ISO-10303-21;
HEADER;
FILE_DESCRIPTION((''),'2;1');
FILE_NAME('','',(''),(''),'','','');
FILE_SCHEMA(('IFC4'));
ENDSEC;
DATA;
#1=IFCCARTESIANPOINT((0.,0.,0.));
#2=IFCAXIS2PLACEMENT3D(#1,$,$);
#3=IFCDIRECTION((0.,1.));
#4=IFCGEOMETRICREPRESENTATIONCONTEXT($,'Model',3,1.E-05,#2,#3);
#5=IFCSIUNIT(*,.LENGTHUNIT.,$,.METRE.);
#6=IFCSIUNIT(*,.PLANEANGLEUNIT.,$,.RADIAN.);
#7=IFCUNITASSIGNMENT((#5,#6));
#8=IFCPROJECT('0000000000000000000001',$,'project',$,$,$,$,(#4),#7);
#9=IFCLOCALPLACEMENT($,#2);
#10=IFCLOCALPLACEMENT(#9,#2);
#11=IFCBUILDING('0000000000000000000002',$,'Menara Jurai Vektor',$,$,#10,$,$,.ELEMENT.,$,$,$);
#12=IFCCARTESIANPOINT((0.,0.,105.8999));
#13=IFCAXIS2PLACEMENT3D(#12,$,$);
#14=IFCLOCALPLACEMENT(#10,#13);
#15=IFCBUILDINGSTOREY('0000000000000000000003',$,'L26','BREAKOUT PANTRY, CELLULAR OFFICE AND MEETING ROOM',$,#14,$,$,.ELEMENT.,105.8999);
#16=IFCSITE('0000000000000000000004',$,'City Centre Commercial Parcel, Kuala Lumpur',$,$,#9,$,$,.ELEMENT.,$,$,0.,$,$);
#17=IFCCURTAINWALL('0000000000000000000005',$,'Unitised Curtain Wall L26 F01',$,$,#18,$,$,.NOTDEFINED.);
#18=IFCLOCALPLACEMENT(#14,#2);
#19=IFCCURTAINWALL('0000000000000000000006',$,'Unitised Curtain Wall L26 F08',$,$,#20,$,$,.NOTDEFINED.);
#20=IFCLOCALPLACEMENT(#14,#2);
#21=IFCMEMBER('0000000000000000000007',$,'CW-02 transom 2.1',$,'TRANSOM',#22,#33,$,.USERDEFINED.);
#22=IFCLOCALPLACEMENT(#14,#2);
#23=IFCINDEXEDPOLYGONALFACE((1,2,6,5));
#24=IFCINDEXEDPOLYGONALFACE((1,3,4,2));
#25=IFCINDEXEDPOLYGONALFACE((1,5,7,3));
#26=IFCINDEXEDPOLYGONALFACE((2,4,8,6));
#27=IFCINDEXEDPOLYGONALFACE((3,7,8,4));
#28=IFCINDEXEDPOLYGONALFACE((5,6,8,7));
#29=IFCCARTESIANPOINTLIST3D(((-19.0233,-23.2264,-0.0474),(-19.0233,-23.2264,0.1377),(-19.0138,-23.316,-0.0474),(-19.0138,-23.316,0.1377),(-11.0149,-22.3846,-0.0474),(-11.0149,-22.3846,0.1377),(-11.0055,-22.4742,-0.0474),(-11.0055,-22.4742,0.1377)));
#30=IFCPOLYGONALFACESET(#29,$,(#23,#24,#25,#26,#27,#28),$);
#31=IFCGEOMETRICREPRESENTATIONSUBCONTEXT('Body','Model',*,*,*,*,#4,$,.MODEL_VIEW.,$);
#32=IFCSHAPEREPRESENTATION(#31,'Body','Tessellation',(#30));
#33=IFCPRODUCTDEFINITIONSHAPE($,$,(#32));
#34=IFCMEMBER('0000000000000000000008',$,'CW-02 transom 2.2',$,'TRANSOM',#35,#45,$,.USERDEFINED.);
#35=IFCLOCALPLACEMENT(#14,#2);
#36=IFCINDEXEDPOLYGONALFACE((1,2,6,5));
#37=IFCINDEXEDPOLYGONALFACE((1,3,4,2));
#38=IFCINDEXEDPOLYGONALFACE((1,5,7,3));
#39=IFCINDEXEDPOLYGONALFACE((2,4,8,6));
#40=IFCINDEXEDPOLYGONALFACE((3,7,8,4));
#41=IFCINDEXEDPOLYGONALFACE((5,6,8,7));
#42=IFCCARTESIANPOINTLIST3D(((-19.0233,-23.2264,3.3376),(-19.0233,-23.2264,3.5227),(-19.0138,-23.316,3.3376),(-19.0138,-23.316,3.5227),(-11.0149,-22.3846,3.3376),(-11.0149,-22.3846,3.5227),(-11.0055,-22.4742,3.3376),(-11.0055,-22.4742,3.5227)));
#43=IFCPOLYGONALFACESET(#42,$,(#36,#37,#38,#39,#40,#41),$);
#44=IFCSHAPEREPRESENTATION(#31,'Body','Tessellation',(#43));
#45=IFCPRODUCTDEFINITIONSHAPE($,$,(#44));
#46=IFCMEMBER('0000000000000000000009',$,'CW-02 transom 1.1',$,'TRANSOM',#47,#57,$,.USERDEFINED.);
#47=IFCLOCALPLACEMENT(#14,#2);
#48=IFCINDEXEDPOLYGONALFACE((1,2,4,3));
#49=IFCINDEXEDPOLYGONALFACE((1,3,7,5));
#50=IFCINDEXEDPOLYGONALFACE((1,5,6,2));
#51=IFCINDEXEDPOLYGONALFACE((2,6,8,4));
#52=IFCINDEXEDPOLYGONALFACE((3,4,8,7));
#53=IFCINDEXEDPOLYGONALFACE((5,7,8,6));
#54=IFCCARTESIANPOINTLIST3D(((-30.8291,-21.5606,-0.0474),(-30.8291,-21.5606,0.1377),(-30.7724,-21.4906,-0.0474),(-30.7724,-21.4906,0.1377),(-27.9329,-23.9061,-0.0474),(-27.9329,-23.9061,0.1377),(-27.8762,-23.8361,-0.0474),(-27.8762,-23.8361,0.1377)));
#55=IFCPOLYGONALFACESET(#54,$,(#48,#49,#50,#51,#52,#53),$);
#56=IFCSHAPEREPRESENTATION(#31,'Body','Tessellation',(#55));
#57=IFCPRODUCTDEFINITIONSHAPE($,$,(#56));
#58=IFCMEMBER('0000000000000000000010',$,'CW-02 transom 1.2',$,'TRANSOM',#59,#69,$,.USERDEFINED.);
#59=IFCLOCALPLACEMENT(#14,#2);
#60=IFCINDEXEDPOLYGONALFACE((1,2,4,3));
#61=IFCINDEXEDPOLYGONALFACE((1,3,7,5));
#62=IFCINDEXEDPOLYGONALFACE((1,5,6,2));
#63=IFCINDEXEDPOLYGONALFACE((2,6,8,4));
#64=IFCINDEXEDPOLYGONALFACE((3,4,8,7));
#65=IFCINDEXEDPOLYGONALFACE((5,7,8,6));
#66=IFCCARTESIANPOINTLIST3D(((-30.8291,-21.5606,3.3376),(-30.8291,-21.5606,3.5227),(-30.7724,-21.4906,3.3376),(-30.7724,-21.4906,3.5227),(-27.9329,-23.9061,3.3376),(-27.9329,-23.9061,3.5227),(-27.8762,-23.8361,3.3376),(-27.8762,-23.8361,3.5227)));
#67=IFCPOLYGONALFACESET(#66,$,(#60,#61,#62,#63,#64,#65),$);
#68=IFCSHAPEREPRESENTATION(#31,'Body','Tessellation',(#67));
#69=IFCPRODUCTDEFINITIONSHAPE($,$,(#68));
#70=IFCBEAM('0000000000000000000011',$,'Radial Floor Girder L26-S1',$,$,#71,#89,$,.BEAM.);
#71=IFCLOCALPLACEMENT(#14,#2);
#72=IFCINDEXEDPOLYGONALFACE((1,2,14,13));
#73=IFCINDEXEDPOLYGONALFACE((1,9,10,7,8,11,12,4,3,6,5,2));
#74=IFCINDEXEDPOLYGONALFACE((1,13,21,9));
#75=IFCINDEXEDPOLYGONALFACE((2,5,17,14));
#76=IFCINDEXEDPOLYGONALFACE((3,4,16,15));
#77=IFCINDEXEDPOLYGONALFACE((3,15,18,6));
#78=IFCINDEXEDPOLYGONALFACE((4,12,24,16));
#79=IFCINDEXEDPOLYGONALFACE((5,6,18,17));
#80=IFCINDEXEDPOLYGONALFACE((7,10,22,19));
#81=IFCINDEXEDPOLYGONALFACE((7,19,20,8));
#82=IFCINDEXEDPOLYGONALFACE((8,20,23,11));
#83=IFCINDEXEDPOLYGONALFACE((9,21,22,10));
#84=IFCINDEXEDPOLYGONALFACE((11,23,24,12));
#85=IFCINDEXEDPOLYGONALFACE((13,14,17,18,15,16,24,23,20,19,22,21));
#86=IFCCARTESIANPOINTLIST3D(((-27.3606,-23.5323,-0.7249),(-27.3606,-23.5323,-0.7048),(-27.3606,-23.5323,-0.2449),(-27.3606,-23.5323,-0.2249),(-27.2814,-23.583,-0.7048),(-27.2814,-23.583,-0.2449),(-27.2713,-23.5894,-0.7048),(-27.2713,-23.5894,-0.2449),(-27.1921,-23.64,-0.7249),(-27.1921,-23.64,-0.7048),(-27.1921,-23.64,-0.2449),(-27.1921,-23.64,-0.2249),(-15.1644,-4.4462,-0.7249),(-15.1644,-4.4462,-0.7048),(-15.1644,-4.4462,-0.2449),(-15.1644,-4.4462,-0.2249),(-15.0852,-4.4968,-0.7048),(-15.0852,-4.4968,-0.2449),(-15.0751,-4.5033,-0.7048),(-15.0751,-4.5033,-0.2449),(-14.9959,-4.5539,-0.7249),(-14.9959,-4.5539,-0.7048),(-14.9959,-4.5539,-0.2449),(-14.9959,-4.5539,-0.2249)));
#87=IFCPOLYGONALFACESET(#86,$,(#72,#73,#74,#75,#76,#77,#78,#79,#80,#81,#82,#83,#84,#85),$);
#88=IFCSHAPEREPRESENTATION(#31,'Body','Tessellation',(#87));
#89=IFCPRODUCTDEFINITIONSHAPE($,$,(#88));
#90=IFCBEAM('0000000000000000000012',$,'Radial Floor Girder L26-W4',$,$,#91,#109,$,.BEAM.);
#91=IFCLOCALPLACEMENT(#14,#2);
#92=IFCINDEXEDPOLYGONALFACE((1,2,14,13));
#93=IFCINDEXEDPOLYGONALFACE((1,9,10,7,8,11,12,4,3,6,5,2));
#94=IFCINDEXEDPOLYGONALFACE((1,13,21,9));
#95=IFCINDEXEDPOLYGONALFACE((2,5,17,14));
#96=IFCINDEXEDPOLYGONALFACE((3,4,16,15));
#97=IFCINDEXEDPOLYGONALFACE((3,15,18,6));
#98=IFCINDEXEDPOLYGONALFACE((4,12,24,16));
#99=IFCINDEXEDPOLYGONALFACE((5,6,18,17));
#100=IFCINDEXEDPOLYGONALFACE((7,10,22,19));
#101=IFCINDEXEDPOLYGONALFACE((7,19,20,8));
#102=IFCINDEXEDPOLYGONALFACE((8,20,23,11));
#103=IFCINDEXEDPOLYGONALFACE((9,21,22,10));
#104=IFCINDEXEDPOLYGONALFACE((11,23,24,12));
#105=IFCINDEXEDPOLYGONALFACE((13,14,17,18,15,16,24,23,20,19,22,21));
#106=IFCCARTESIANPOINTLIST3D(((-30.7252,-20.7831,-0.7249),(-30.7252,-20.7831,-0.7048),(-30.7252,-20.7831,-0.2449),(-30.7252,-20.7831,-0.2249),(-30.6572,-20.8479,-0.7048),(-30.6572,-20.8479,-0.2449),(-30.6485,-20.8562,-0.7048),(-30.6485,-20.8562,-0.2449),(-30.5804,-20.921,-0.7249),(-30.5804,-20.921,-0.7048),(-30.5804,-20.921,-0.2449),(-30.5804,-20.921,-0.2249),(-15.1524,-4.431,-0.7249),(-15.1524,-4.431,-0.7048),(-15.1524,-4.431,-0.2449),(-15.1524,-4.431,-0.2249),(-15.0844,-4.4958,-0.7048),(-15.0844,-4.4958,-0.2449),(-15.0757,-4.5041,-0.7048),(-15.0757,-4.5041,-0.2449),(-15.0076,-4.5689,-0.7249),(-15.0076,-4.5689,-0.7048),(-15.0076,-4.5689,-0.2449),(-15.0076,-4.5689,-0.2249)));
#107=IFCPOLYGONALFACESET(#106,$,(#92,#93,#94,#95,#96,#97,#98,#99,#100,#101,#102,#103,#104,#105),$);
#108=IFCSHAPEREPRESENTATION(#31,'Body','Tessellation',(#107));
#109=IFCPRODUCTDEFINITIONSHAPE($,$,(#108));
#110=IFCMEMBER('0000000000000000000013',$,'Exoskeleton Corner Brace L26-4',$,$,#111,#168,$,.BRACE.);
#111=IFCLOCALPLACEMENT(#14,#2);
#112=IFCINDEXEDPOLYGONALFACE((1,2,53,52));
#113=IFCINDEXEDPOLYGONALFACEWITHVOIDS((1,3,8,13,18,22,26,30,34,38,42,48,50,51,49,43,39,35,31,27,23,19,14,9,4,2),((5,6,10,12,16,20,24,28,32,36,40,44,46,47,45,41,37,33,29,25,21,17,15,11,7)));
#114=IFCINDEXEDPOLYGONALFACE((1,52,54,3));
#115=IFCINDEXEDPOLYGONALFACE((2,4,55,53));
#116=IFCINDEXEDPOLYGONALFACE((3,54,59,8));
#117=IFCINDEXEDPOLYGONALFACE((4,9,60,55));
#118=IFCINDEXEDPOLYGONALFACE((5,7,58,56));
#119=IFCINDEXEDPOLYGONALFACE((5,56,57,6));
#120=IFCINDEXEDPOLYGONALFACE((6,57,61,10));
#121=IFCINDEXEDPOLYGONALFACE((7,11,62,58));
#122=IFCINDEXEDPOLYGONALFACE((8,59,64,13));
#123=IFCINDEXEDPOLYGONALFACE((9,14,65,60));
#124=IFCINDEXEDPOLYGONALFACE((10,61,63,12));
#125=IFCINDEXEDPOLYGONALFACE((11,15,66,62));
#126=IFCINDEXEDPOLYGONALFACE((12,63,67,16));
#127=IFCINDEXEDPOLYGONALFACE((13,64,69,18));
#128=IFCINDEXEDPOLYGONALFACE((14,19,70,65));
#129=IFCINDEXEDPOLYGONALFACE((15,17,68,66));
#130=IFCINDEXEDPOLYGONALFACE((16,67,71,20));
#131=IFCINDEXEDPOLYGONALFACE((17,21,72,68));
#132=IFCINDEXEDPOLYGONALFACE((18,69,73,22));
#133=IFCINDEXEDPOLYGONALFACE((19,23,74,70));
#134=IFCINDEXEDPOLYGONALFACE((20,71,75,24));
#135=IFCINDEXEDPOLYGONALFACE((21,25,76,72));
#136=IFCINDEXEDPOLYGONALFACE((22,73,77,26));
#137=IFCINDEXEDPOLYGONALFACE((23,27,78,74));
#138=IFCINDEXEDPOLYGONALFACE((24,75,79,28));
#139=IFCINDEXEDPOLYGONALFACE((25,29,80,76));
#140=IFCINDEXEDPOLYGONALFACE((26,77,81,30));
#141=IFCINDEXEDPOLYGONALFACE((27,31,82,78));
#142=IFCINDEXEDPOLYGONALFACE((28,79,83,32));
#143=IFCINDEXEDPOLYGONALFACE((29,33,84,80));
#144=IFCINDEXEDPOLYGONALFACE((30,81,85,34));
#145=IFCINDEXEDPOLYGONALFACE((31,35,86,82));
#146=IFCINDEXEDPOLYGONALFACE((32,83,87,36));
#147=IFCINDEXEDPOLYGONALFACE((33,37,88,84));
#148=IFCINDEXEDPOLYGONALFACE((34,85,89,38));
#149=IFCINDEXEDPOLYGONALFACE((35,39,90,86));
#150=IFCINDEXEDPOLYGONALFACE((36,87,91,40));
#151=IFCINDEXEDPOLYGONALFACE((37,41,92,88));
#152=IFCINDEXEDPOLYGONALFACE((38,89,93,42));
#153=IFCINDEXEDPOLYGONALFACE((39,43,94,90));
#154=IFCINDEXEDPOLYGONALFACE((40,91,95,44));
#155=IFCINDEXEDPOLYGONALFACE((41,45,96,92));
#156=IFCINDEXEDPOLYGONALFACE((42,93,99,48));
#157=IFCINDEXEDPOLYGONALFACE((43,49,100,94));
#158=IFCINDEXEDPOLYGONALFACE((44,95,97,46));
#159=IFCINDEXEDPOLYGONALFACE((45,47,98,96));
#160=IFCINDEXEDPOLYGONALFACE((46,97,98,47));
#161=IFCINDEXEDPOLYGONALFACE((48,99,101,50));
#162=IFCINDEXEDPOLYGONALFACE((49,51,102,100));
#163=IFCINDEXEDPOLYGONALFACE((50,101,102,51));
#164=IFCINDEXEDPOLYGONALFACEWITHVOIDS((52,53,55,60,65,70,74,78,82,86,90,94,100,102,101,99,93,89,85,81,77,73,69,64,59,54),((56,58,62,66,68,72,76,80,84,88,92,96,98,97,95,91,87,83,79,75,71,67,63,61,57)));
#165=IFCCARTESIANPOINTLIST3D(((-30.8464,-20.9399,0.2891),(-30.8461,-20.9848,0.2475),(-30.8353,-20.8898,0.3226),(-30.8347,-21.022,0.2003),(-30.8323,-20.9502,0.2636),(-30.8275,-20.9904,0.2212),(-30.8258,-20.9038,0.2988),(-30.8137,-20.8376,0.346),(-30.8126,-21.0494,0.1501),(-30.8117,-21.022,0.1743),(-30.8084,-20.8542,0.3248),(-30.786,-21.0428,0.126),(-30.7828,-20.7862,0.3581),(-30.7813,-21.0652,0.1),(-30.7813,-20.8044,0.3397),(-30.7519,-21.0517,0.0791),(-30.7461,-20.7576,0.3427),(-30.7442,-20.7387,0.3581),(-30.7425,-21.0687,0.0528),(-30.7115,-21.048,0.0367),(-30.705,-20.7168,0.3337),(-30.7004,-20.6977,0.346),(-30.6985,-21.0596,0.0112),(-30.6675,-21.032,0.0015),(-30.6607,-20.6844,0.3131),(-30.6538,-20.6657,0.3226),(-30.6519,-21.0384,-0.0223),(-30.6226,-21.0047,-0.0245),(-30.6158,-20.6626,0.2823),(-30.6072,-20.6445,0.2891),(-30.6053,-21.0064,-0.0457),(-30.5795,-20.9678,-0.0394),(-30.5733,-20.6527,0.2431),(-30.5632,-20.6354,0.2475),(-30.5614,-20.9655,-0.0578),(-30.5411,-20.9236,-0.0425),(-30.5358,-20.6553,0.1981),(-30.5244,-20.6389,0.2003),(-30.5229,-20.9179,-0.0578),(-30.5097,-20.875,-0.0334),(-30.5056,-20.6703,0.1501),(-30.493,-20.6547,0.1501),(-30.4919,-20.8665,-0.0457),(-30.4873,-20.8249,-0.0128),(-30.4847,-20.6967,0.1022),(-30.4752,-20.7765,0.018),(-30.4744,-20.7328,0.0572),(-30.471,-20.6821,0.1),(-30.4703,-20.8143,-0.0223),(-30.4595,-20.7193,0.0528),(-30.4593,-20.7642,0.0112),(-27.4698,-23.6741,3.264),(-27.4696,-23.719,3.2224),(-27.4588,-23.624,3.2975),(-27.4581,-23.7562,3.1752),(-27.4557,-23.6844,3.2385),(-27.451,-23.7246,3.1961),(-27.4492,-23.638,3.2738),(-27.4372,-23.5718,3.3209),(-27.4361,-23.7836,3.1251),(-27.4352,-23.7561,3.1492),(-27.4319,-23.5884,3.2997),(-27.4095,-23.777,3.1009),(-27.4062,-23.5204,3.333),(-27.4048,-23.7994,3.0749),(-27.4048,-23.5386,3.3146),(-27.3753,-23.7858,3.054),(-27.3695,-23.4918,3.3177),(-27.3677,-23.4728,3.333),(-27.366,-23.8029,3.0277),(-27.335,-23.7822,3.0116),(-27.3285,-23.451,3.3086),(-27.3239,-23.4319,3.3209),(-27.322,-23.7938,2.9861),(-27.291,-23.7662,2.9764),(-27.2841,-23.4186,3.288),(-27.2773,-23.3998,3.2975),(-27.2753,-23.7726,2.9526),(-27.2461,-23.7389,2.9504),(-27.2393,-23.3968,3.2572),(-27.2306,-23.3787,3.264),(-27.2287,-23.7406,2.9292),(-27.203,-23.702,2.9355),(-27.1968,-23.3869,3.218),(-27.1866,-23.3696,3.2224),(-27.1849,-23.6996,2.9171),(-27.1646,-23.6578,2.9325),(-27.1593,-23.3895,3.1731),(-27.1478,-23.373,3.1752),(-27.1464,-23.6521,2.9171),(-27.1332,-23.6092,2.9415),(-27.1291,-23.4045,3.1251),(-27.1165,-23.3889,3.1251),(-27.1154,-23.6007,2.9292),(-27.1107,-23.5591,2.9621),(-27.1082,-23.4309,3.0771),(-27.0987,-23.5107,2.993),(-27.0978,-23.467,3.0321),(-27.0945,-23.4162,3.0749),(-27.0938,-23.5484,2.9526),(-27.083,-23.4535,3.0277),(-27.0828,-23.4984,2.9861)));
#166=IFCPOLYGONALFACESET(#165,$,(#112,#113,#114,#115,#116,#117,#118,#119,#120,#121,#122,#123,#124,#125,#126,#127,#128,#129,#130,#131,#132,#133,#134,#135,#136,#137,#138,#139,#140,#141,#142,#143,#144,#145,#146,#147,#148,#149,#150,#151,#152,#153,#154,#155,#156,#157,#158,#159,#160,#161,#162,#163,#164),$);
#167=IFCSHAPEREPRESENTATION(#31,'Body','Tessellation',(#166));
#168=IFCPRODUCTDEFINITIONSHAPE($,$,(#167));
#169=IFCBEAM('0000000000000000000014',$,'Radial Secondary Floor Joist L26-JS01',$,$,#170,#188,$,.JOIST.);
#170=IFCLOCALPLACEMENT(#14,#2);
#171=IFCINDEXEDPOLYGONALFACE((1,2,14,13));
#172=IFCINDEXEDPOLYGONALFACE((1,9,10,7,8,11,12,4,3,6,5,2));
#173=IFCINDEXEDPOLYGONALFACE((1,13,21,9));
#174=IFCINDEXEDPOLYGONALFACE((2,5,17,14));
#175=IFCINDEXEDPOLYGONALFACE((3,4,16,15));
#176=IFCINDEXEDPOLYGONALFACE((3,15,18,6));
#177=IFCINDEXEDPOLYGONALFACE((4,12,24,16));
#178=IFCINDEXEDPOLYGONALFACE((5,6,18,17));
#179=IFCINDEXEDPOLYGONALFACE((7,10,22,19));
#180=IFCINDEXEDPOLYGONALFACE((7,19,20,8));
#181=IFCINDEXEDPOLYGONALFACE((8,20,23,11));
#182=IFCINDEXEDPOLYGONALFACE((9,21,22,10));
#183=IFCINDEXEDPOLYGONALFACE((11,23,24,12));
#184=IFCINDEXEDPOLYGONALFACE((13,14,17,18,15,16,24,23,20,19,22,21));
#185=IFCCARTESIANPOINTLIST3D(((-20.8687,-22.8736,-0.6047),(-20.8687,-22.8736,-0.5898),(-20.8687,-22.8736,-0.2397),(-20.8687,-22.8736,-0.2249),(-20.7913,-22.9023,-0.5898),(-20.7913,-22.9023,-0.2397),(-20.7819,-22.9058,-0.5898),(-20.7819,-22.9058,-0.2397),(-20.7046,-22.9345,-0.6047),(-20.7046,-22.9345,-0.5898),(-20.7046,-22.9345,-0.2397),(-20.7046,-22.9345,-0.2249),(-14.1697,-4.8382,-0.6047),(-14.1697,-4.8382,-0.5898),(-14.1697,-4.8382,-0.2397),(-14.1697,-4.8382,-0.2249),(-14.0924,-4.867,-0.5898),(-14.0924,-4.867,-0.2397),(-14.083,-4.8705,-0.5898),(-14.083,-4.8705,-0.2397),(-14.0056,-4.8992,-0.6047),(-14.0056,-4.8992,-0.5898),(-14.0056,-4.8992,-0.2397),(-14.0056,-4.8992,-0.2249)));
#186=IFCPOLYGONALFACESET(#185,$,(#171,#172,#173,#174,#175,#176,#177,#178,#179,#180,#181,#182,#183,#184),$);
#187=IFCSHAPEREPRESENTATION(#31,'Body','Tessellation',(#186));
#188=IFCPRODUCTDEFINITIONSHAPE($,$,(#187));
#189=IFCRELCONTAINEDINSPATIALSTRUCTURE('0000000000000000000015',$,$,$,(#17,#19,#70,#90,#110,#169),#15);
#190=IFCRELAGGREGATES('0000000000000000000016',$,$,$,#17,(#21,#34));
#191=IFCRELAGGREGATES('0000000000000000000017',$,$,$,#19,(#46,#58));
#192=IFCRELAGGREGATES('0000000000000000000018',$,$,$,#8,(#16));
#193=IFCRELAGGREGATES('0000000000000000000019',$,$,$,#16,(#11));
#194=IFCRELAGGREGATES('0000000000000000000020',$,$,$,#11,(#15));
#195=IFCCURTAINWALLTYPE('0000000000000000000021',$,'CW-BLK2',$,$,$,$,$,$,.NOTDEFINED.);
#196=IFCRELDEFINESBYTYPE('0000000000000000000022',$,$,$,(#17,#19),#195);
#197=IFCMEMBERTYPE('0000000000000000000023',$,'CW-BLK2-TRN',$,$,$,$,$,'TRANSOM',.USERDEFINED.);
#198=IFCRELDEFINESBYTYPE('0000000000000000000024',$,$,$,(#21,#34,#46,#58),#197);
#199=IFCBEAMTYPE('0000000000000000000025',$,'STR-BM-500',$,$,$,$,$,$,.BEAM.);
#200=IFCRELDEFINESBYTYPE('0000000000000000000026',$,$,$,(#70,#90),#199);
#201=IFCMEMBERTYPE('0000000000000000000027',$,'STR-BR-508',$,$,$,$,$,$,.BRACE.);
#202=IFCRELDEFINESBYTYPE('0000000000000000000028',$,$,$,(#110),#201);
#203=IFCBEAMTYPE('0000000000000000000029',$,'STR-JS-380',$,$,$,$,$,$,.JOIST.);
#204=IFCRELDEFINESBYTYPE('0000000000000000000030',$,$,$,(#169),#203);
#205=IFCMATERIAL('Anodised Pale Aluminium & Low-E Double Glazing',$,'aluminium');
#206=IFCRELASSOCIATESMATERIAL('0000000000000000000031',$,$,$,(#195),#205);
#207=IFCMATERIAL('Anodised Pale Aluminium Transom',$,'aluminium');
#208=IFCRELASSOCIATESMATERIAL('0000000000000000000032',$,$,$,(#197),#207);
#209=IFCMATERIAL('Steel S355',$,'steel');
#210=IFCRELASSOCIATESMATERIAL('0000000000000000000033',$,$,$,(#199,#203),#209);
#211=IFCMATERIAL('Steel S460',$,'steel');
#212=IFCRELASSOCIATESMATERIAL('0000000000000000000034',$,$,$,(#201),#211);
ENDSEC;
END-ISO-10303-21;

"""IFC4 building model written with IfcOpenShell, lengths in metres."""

from ifc_helpers import new_model, si_unit, direction, frame, origin, origin_2d, place, context, subcontext, project, spatial, rectangle, hollow_circle, i_section, extrude, material, material_profile, profile_set, type_object, element, aggregate, save


model = new_model("IFC4")

# Units and contexts
model_context = context("Model", 3, precision=1e-05, world=origin(), true_north=direction((0.0, 1.0)))
body_context = subcontext(model_context, "Body", "Model", "MODEL_VIEW")
ifc_project = project(units=[si_unit("LENGTHUNIT", "METRE"), si_unit("PLANEANGLEUNIT", "RADIAN")], contexts=[model_context])

# Site, building, storey
site_placement = place(None, origin())
site = spatial("IfcSite", under=ifc_project, at=site_placement, Name="City Centre Commercial Parcel, Kuala Lumpur", CompositionType="ELEMENT", RefElevation=0.0)
building_placement = place(site_placement, origin())
building = spatial("IfcBuilding", under=site, at=building_placement, Name="Menara Jurai Vektor", CompositionType="ELEMENT")
storey_placement = place(building_placement, frame((0.0, 0.0, 105.8999)))
storey = spatial("IfcBuildingStorey", under=building, at=storey_placement, Name="L26", Description="BREAKOUT PANTRY, CELLULAR OFFICE AND MEETING ROOM", CompositionType="ELEMENT", Elevation=105.8999)

# Shared definitions
ifc_material_1 = material(Name="Steel S460", Category="steel")

# Curtain wall
ifc_material_2 = material(Name="Anodised Pale Aluminium & Low-E Double Glazing", Category="aluminium")
curtain_wall_type = type_object("IfcCurtainWallType", Name="CW-BLK2", PredefinedType="NOTDEFINED", material=ifc_material_2)
curtain_wall_1_placement = place(storey_placement, origin())
curtain_wall_1 = element("IfcCurtainWall", 1, at=curtain_wall_1_placement, inside=storey, type_object=curtain_wall_type, Name="Unitised Curtain Wall L26 F01", PredefinedType="NOTDEFINED")

# Curtain wall
curtain_wall_2_placement = place(storey_placement, origin())
curtain_wall_2 = element("IfcCurtainWall", 2, at=curtain_wall_2_placement, inside=storey, type_object=curtain_wall_type, Name="Unitised Curtain Wall L26 F08", PredefinedType="NOTDEFINED")

# Members
ifc_material_3 = material(Name="Anodised Pale Aluminium Transom", Category="aluminium")
ifc_material_profile_1 = material_profile(ifc_material_3, rectangle(XDim=0.0901, YDim=0.1851, at=origin_2d()), Name="ALU TRN 90x185")
ifc_profile_set_1 = profile_set([ifc_material_profile_1], Name="Anodised Pale Aluminium Transom")
member_type_1 = type_object("IfcMemberType", Name="CW-BLK2-TRN", ElementType="TRANSOM", PredefinedType="USERDEFINED", material=ifc_profile_set_1)
member_1_placement = place(storey_placement, frame((-19.0186, -23.2712, 0.0452), z_axis=(0.994521, 0.10454, 0.0), x_axis=(-0.10454, 0.994521, 0.0)))
member_1 = element("IfcMember", 3, at=member_1_placement, type_object=member_type_1, Name="CW-02 transom 2.1", ObjectType="TRANSOM", PredefinedType="USERDEFINED", context=body_context, shape_type="SweptSolid", body=[
    extrude(rectangle(XDim=0.0901, YDim=0.1851, at=origin_2d()), origin(), (0.0, 0.0, 1.0), 8.0525),
])
member_2_placement = place(storey_placement, frame((-19.0186, -23.2712, 3.4302), z_axis=(0.994521, 0.10454, 0.0), x_axis=(-0.10454, 0.994521, 0.0)))
member_2 = element("IfcMember", 4, at=member_2_placement, type_object=member_type_1, Name="CW-02 transom 2.2", ObjectType="TRANSOM", PredefinedType="USERDEFINED", context=body_context, shape_type="SweptSolid", body=[
    extrude(rectangle(XDim=0.0901, YDim=0.1851, at=origin_2d()), origin(), (0.0, 0.0, 1.0), 8.0525),
])
member_3_placement = place(storey_placement, frame((-30.8008, -21.5256, 0.0452), z_axis=(0.777129, -0.629341, 0.0), x_axis=(0.629341, 0.777129, 0.0)))
member_3 = element("IfcMember", 5, at=member_3_placement, type_object=member_type_1, Name="CW-02 transom 1.1", ObjectType="TRANSOM", PredefinedType="USERDEFINED", context=body_context, shape_type="SweptSolid", body=[
    extrude(rectangle(XDim=0.0901, YDim=0.1851, at=origin_2d()), origin(), (0.0, 0.0, 1.0), 3.7268),
])
member_4_placement = place(storey_placement, frame((-30.8008, -21.5256, 3.4302), z_axis=(0.777129, -0.629341, 0.0), x_axis=(0.629341, 0.777129, 0.0)))
member_4 = element("IfcMember", 6, at=member_4_placement, type_object=member_type_1, Name="CW-02 transom 1.2", ObjectType="TRANSOM", PredefinedType="USERDEFINED", context=body_context, shape_type="SweptSolid", body=[
    extrude(rectangle(XDim=0.0901, YDim=0.1851, at=origin_2d()), origin(), (0.0, 0.0, 1.0), 3.7268),
])

# Beams
ifc_material_4 = material(Name="Steel S355", Category="steel")
ifc_material_profile_2 = material_profile(ifc_material_4, i_section(OverallWidth=0.2, OverallDepth=0.5, WebThickness=0.012, FlangeThickness=0.02, at=origin_2d()), Name="PG 500x200x96")
ifc_profile_set_2 = profile_set([ifc_material_profile_2], Name="Steel S355")
beam_type_1 = type_object("IfcBeamType", Name="STR-BM-500", PredefinedType="BEAM", material=ifc_profile_set_2)
beam_1_placement = place(storey_placement, frame((-27.2764, -23.5862, -0.4749), z_axis=(0.538463, 0.842649, 0.0), x_axis=(-0.842649, 0.538463, 0.0)))
element("IfcBeam", 7, at=beam_1_placement, inside=storey, type_object=beam_type_1, Name="Radial Floor Girder L26-S1", PredefinedType="BEAM", context=body_context, shape_type="SweptSolid", body=[
    extrude(i_section(OverallWidth=0.2, OverallDepth=0.5, WebThickness=0.012, FlangeThickness=0.02, at=origin_2d()), origin(), (0.0, 0.0, 1.0), 22.6501),
])
beam_2_placement = place(storey_placement, frame((-30.6528, -20.8521, -0.4749), z_axis=(0.689641, 0.724152, 0.0), x_axis=(-0.724152, 0.689641, 0.0)))
element("IfcBeam", 8, at=beam_2_placement, inside=storey, type_object=beam_type_1, Name="Radial Floor Girder L26-W4", PredefinedType="BEAM", context=body_context, shape_type="SweptSolid", body=[
    extrude(i_section(OverallWidth=0.2, OverallDepth=0.5, WebThickness=0.012, FlangeThickness=0.02, at=origin_2d()), origin(), (0.0, 0.0, 1.0), 22.5811),
])

# Member
ifc_material_profile_3 = material_profile(ifc_material_1, hollow_circle(Radius=0.2539, WallThickness=0.02, at=origin_2d()), Name="CHS 508x20")
ifc_profile_set_3 = profile_set([ifc_material_profile_3], Name="Steel S460")
member_type_2 = type_object("IfcMemberType", Name="STR-BR-508", PredefinedType="BRACE", material=ifc_profile_set_3)
member_5_placement = place(storey_placement, frame((-30.6528, -20.8521, 0.1501), z_axis=(0.64124, -0.519251, 0.564968), x_axis=(0.62931, 0.777155, 0.0)))
element("IfcMember", 9, at=member_5_placement, inside=storey, type_object=member_type_2, Name="Exoskeleton Corner Brace L26-4", PredefinedType="BRACE", context=body_context, shape_type="SweptSolid", body=[
    extrude(hollow_circle(Radius=0.2539, WallThickness=0.02, at=origin_2d()), origin(), (0.0, 0.0, 1.0), 5.2656),
])

# Beam
ifc_material_profile_4 = material_profile(ifc_material_4, i_section(OverallWidth=0.175, OverallDepth=0.3799, WebThickness=0.01, FlangeThickness=0.0149, at=origin_2d()), Name="PG 380x175x58")
ifc_profile_set_4 = profile_set([ifc_material_profile_4], Name="Steel S355")
beam_type_2 = type_object("IfcBeamType", Name="STR-JS-380", PredefinedType="JOIST", material=ifc_profile_set_4)
beam_3_placement = place(storey_placement, frame((-20.7866, -22.9041, -0.4148), z_axis=(0.348192, 0.937423, 0.0), x_axis=(-0.937423, 0.348192, 0.0)))
element("IfcBeam", 10, at=beam_3_placement, inside=storey, type_object=beam_type_2, Name="Radial Secondary Floor Joist L26-JS01", PredefinedType="JOIST", context=body_context, shape_type="SweptSolid", body=[
    extrude(i_section(OverallWidth=0.175, OverallDepth=0.3799, WebThickness=0.01, FlangeThickness=0.0149, at=origin_2d()), origin(), (0.0, 0.0, 1.0), 19.2393),
])

aggregate(curtain_wall_1, [member_1, member_2])
aggregate(curtain_wall_2, [member_3, member_4])

save(model, "model.ifc")
